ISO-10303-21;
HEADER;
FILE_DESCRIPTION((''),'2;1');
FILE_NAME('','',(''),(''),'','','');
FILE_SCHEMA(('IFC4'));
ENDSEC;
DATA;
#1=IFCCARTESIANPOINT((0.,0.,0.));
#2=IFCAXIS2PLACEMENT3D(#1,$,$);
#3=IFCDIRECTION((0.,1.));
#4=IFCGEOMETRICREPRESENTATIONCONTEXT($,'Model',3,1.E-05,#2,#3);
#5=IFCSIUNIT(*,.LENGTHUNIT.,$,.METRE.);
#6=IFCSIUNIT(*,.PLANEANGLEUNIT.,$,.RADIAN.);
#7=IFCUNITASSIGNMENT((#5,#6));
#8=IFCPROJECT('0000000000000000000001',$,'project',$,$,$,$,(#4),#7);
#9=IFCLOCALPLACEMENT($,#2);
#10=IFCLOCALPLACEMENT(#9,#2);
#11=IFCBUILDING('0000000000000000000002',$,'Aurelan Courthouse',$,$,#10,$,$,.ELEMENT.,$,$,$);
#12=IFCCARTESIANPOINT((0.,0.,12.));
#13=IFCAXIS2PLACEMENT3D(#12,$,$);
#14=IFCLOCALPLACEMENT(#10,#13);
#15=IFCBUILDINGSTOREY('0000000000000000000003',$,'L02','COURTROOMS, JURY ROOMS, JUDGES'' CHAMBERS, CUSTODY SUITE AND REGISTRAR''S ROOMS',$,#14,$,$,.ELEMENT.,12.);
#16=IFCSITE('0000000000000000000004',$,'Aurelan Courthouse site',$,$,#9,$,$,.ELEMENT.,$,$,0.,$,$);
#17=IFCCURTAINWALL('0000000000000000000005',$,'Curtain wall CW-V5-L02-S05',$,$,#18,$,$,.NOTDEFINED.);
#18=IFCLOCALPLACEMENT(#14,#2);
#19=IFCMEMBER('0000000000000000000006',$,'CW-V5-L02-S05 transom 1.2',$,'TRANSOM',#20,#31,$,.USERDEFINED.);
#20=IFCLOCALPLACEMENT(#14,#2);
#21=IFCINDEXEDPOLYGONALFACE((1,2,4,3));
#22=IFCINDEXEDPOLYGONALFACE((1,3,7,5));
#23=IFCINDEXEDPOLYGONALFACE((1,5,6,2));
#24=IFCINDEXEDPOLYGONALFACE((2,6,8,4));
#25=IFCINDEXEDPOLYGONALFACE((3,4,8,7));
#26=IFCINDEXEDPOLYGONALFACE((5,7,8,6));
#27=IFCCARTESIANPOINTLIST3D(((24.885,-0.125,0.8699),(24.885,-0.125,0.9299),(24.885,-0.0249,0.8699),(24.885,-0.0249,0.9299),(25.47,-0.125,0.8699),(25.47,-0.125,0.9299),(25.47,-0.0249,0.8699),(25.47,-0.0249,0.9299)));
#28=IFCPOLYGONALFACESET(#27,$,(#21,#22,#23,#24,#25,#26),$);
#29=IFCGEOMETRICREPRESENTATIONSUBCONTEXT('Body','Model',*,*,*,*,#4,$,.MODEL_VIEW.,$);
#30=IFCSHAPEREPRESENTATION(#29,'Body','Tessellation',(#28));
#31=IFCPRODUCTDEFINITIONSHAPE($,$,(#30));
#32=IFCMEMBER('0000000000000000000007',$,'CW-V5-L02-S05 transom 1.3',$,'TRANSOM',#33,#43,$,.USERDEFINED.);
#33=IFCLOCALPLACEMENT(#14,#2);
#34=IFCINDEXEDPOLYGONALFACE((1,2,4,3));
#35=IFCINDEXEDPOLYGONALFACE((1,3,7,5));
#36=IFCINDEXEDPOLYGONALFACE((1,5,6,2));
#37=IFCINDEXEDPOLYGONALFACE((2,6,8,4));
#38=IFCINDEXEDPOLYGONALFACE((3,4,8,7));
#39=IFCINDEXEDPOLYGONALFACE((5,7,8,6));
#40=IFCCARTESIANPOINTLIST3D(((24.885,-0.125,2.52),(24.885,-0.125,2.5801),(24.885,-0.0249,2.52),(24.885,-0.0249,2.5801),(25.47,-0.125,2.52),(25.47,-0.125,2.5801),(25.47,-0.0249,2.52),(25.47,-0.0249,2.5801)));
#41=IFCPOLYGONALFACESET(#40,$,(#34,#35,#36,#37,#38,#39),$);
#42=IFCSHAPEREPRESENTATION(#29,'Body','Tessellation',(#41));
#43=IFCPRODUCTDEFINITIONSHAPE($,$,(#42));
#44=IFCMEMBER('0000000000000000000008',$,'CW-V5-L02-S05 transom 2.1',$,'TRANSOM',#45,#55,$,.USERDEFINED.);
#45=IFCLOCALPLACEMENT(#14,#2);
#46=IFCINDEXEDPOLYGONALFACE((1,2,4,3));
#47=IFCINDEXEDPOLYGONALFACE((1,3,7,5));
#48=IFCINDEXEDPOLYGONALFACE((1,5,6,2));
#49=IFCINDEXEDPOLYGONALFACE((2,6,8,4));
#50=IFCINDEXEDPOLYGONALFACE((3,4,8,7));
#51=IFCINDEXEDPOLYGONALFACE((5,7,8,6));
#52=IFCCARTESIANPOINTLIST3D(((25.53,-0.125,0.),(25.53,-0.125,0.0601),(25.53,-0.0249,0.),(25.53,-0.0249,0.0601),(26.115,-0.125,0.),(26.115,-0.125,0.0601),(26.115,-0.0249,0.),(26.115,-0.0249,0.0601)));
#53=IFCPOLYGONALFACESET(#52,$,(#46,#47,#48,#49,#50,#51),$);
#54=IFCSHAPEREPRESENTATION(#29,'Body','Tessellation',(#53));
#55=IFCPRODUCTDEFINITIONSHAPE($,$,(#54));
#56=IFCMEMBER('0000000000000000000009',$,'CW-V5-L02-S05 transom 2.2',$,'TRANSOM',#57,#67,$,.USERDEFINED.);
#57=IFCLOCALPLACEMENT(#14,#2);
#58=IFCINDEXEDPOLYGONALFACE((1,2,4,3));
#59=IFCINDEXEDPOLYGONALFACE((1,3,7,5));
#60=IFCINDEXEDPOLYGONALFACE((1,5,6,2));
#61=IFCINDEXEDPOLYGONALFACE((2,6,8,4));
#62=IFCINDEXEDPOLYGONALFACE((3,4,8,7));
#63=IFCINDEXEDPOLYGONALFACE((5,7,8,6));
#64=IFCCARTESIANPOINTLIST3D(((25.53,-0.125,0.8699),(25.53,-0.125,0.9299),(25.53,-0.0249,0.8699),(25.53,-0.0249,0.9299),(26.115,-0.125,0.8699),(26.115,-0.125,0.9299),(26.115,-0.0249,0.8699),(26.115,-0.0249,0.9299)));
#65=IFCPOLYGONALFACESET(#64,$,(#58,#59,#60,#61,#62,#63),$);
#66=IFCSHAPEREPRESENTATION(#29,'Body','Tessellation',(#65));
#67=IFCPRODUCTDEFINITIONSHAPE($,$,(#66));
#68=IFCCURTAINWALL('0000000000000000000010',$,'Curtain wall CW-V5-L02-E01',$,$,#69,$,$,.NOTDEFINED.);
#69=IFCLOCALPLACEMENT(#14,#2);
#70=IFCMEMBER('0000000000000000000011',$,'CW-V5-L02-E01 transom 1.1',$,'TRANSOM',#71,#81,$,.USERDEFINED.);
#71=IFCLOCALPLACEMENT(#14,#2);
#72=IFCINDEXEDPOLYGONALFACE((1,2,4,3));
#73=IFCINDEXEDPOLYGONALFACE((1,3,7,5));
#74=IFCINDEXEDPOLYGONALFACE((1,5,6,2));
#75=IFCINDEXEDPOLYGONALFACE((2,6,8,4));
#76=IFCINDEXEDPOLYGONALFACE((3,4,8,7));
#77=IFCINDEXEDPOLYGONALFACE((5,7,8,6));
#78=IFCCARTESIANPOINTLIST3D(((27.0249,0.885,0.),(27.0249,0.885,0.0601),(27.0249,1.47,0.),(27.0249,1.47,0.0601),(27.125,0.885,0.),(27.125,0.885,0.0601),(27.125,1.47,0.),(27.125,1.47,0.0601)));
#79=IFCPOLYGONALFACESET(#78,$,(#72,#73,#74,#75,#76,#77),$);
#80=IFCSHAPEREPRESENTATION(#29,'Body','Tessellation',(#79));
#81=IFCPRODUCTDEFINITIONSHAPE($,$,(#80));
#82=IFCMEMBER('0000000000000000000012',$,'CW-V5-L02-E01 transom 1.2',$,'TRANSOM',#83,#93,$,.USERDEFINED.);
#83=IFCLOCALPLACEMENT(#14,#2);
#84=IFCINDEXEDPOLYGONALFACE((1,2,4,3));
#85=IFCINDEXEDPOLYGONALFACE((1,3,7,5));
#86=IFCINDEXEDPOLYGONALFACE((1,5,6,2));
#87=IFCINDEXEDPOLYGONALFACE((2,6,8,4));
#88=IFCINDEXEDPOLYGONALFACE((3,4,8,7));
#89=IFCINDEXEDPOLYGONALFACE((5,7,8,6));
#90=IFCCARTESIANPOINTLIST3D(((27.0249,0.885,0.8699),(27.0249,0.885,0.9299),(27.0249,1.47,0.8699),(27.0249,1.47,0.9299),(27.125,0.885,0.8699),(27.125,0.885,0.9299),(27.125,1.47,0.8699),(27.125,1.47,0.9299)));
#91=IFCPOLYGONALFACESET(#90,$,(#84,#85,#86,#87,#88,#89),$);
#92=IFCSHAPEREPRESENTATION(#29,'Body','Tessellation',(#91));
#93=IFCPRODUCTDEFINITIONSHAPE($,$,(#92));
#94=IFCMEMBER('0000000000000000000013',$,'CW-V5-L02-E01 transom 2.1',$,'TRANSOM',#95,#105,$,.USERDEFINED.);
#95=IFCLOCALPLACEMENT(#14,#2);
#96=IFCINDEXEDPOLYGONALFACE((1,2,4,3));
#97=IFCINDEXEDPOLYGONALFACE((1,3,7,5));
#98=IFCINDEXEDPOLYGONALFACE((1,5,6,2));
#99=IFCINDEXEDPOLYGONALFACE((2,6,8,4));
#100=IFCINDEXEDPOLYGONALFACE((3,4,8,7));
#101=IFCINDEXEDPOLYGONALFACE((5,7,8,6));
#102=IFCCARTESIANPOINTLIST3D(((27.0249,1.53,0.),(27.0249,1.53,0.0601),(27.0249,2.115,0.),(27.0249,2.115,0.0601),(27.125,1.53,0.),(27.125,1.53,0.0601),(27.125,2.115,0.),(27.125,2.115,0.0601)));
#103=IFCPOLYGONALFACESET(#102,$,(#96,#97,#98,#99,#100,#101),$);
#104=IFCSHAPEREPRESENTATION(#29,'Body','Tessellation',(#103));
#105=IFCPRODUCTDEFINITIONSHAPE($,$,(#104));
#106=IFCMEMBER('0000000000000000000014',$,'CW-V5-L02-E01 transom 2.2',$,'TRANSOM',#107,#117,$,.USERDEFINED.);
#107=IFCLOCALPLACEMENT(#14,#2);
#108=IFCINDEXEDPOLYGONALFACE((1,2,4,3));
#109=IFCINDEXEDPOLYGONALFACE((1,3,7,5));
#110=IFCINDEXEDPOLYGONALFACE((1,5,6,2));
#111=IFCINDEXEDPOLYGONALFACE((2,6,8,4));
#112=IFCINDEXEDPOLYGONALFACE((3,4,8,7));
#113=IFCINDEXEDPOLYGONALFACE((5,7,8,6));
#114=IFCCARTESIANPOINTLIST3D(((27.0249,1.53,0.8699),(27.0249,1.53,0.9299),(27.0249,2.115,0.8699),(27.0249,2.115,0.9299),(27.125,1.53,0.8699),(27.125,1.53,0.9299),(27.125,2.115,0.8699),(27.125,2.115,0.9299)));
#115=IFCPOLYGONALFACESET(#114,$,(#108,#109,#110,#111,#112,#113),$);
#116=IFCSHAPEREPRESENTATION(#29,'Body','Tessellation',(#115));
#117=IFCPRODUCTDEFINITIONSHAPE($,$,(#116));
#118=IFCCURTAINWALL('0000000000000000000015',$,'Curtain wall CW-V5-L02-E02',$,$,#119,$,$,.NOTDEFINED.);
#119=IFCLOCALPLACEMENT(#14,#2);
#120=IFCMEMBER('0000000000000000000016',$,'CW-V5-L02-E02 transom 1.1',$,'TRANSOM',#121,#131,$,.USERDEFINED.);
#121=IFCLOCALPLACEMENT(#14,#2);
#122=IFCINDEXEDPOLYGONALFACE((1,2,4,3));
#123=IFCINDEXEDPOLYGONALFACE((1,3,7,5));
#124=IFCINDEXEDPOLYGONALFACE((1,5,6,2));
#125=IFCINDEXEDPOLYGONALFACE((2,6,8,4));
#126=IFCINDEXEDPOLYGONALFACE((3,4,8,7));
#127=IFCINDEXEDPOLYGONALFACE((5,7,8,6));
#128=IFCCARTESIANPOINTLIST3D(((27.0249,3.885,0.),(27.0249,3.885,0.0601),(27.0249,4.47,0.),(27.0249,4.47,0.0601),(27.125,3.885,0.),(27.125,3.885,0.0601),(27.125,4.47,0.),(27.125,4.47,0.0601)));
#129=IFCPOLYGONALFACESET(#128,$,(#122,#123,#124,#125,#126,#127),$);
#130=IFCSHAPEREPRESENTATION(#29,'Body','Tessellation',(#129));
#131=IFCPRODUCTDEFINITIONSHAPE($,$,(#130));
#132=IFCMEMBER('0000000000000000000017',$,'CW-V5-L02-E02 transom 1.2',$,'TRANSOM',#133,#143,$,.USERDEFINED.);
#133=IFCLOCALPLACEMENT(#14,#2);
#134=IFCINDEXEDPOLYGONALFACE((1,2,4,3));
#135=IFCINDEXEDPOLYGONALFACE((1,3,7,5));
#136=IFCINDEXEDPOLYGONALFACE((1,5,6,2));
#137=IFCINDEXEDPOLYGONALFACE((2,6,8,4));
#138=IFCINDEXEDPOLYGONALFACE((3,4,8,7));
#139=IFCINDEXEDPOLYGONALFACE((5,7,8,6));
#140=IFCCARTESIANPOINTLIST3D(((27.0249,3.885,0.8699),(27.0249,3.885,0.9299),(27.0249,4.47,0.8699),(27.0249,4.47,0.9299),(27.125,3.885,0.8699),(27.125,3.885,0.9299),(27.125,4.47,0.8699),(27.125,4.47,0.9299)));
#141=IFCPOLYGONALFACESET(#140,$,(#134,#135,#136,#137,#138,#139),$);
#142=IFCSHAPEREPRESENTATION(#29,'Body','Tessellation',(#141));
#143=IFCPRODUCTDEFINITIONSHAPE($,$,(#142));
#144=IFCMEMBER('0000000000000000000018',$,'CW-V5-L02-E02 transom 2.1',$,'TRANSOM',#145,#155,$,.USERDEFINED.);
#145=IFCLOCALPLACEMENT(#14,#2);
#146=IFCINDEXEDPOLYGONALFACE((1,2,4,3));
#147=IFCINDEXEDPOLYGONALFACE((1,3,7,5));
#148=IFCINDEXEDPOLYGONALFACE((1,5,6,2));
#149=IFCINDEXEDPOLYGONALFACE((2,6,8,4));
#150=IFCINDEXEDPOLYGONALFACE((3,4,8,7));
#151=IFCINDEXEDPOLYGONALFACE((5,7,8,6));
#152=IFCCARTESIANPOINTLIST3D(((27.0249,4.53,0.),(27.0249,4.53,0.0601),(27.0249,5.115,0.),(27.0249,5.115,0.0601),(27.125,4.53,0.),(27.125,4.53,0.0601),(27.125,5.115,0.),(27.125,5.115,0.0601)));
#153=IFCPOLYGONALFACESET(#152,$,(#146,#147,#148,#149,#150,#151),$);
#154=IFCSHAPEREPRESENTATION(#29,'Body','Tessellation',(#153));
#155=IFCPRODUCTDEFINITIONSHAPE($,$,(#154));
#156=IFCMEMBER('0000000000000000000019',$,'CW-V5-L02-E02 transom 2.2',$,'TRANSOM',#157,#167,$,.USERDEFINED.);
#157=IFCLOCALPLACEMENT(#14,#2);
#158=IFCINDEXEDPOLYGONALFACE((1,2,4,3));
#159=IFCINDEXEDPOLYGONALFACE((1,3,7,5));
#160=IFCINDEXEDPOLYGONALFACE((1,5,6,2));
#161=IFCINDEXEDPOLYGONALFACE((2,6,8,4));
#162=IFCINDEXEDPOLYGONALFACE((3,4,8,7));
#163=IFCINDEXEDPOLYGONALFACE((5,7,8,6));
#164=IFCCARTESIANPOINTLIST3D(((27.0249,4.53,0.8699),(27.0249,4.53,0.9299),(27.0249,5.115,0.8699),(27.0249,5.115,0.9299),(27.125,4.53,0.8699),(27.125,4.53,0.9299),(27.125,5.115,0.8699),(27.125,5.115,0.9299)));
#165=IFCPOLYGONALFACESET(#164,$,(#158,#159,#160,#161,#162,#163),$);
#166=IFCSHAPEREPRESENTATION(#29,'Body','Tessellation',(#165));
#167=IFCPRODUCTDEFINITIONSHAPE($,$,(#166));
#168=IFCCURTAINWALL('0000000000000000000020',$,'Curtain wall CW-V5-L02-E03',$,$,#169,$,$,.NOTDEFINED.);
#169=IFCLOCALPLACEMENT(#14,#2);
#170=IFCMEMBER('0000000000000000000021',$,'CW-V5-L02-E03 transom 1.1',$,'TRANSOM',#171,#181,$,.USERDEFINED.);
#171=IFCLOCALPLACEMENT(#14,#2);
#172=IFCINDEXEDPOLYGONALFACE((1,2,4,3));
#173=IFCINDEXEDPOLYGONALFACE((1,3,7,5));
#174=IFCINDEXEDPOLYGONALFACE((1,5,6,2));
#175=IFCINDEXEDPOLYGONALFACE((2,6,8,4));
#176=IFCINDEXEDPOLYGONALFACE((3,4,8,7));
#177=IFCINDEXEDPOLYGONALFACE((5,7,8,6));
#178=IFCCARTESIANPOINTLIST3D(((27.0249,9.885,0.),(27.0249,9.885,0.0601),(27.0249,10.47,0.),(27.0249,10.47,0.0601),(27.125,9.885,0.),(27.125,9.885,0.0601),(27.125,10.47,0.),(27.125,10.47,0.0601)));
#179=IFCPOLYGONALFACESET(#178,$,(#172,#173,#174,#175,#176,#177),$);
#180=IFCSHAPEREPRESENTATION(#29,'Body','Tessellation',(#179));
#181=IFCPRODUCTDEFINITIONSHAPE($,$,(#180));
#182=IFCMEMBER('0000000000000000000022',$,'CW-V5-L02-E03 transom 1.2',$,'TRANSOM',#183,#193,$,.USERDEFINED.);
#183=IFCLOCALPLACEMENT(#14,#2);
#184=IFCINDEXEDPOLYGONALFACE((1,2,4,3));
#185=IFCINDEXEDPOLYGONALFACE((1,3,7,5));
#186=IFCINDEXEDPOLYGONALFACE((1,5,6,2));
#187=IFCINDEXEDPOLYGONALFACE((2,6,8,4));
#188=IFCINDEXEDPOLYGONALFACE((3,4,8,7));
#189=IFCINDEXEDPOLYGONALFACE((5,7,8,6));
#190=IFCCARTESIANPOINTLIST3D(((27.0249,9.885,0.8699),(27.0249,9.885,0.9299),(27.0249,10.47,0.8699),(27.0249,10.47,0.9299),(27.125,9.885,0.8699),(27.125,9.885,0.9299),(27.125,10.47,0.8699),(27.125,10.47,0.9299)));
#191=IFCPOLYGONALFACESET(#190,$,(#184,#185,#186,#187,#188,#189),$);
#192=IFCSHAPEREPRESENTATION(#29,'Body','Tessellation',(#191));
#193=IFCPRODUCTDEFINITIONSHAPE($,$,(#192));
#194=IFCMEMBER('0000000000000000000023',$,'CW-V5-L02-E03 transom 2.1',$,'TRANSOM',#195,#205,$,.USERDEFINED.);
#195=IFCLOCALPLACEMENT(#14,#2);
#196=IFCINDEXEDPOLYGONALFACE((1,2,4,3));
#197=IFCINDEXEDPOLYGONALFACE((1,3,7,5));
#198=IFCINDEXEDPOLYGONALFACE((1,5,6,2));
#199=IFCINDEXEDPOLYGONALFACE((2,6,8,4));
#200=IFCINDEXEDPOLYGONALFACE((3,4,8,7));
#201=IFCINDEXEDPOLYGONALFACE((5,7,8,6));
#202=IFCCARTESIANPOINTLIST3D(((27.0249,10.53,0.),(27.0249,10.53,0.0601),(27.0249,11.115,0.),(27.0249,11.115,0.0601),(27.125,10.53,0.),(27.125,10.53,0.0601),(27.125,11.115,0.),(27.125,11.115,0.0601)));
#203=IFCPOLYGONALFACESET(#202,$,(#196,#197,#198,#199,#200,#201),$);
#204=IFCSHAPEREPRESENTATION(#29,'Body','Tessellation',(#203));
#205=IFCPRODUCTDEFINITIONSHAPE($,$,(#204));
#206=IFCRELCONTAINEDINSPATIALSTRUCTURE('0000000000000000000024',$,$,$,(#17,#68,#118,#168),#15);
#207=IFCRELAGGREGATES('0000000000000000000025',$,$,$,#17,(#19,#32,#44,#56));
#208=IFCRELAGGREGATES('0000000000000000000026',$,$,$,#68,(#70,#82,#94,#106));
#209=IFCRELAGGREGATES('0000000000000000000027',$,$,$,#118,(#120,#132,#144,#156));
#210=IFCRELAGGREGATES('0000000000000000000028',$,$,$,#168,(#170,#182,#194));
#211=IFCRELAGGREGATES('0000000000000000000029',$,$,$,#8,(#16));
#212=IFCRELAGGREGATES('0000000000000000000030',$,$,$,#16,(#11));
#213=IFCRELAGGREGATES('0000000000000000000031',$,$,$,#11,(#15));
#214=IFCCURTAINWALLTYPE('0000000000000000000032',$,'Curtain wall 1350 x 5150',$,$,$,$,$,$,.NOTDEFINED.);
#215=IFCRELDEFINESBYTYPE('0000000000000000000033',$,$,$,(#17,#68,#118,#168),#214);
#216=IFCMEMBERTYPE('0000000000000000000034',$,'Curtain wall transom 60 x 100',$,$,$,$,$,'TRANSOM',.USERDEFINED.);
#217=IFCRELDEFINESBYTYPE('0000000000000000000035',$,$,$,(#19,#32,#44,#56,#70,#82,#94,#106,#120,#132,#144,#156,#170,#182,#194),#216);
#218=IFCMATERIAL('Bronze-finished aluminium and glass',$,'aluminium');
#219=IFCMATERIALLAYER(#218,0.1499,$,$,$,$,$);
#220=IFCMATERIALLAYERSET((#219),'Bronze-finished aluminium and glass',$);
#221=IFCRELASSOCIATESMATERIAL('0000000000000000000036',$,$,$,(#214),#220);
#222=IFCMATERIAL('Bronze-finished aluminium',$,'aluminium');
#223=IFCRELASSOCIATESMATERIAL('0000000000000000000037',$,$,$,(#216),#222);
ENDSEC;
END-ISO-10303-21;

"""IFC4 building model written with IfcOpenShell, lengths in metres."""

from ifc_helpers import new_model, si_unit, direction, frame, origin, origin_2d, place, context, subcontext, project, spatial, rectangle, extrude, material, layer, layer_set, material_profile, profile_set, type_object, element, aggregate, save


model = new_model("IFC4")

# Units and contexts
model_context = context("Model", 3, precision=1e-05, world=origin(), true_north=direction((0.0, 1.0)))
body_context = subcontext(model_context, "Body", "Model", "MODEL_VIEW")
ifc_project = project(units=[si_unit("LENGTHUNIT", "METRE"), si_unit("PLANEANGLEUNIT", "RADIAN")], contexts=[model_context])

# Site, building, storey
site_placement = place(None, origin())
site = spatial("IfcSite", under=ifc_project, at=site_placement, Name="Aurelan Courthouse site", CompositionType="ELEMENT", RefElevation=0.0)
building_placement = place(site_placement, origin())
building = spatial("IfcBuilding", under=site, at=building_placement, Name="Aurelan Courthouse", CompositionType="ELEMENT")
storey_placement = place(building_placement, frame((0.0, 0.0, 12.0)))
storey = spatial("IfcBuildingStorey", under=building, at=storey_placement, Name="L02", Description="COURTROOMS, JURY ROOMS, JUDGES' CHAMBERS, CUSTODY SUITE AND REGISTRAR'S ROOMS", CompositionType="ELEMENT", Elevation=12.0)

# Curtain walls, members
ifc_material_1 = material(Name="Bronze-finished aluminium and glass", Category="aluminium")
ifc_layer_1 = layer(ifc_material_1, 0.1499)
ifc_layer_set_1 = layer_set([ifc_layer_1], Name="Bronze-finished aluminium and glass")
curtain_wall_type_1 = type_object("IfcCurtainWallType", Name="Curtain wall 1350 x 5150", PredefinedType="NOTDEFINED", material=ifc_layer_set_1)
curtain_wall_1_placement = place(storey_placement, origin())
curtain_wall_1 = element("IfcCurtainWall", 1, at=curtain_wall_1_placement, inside=storey, type_object=curtain_wall_type_1, Name="Curtain wall CW-V5-L02-S05", PredefinedType="NOTDEFINED")
ifc_material_2 = material(Name="Bronze-finished aluminium", Category="aluminium")
ifc_material_profile_1 = material_profile(ifc_material_2, rectangle(XDim=0.1001, YDim=0.0601, at=origin_2d()), Name="Bronze transom 60 x 100")
ifc_profile_set_1 = profile_set([ifc_material_profile_1], Name="Bronze-finished aluminium")
member_type_1 = type_object("IfcMemberType", Name="Curtain wall transom 60 x 100", ElementType="TRANSOM", PredefinedType="USERDEFINED", material=ifc_profile_set_1)
member_1_placement = place(storey_placement, frame((24.885, -0.075, 0.8999), z_axis=(1.0, 0.0, 0.0), x_axis=(0.0, 1.0, 0.0)))
member_1 = element("IfcMember", 2, at=member_1_placement, type_object=member_type_1, Name="CW-V5-L02-S05 transom 1.2", ObjectType="TRANSOM", PredefinedType="USERDEFINED", context=body_context, shape_type="SweptSolid", body=[
    extrude(rectangle(XDim=0.1001, YDim=0.0601, at=origin_2d()), origin(), (0.0, 0.0, 1.0), 0.585),
])
member_2_placement = place(storey_placement, frame((24.885, -0.075, 2.55), z_axis=(1.0, 0.0, 0.0), x_axis=(0.0, 1.0, 0.0)))
member_2 = element("IfcMember", 3, at=member_2_placement, type_object=member_type_1, Name="CW-V5-L02-S05 transom 1.3", ObjectType="TRANSOM", PredefinedType="USERDEFINED", context=body_context, shape_type="SweptSolid", body=[
    extrude(rectangle(XDim=0.1001, YDim=0.0601, at=origin_2d()), origin(), (0.0, 0.0, 1.0), 0.585),
])
member_3_placement = place(storey_placement, frame((25.53, -0.075, 0.03), z_axis=(1.0, 0.0, 0.0), x_axis=(0.0, 1.0, 0.0)))
member_3 = element("IfcMember", 4, at=member_3_placement, type_object=member_type_1, Name="CW-V5-L02-S05 transom 2.1", ObjectType="TRANSOM", PredefinedType="USERDEFINED", context=body_context, shape_type="SweptSolid", body=[
    extrude(rectangle(XDim=0.1001, YDim=0.0601, at=origin_2d()), origin(), (0.0, 0.0, 1.0), 0.585),
])
member_4_placement = place(storey_placement, frame((25.53, -0.075, 0.8999), z_axis=(1.0, 0.0, 0.0), x_axis=(0.0, 1.0, 0.0)))
member_4 = element("IfcMember", 5, at=member_4_placement, type_object=member_type_1, Name="CW-V5-L02-S05 transom 2.2", ObjectType="TRANSOM", PredefinedType="USERDEFINED", context=body_context, shape_type="SweptSolid", body=[
    extrude(rectangle(XDim=0.1001, YDim=0.0601, at=origin_2d()), origin(), (0.0, 0.0, 1.0), 0.585),
])
curtain_wall_2_placement = place(storey_placement, origin())
curtain_wall_2 = element("IfcCurtainWall", 6, at=curtain_wall_2_placement, inside=storey, type_object=curtain_wall_type_1, Name="Curtain wall CW-V5-L02-E01", PredefinedType="NOTDEFINED")
member_5_placement = place(storey_placement, frame((27.075, 0.885, 0.03), z_axis=(0.0, 1.0, 0.0), x_axis=(-1.0, 0.0, 0.0)))
member_5 = element("IfcMember", 7, at=member_5_placement, type_object=member_type_1, Name="CW-V5-L02-E01 transom 1.1", ObjectType="TRANSOM", PredefinedType="USERDEFINED", context=body_context, shape_type="SweptSolid", body=[
    extrude(rectangle(XDim=0.1001, YDim=0.0601, at=origin_2d()), origin(), (0.0, 0.0, 1.0), 0.585),
])
member_6_placement = place(storey_placement, frame((27.075, 0.885, 0.8999), z_axis=(0.0, 1.0, 0.0), x_axis=(-1.0, 0.0, 0.0)))
member_6 = element("IfcMember", 8, at=member_6_placement, type_object=member_type_1, Name="CW-V5-L02-E01 transom 1.2", ObjectType="TRANSOM", PredefinedType="USERDEFINED", context=body_context, shape_type="SweptSolid", body=[
    extrude(rectangle(XDim=0.1001, YDim=0.0601, at=origin_2d()), origin(), (0.0, 0.0, 1.0), 0.585),
])
member_7_placement = place(storey_placement, frame((27.075, 1.53, 0.03), z_axis=(0.0, 1.0, 0.0), x_axis=(-1.0, 0.0, 0.0)))
member_7 = element("IfcMember", 9, at=member_7_placement, type_object=member_type_1, Name="CW-V5-L02-E01 transom 2.1", ObjectType="TRANSOM", PredefinedType="USERDEFINED", context=body_context, shape_type="SweptSolid", body=[
    extrude(rectangle(XDim=0.1001, YDim=0.0601, at=origin_2d()), origin(), (0.0, 0.0, 1.0), 0.585),
])
member_8_placement = place(storey_placement, frame((27.075, 1.53, 0.8999), z_axis=(0.0, 1.0, 0.0), x_axis=(-1.0, 0.0, 0.0)))
member_8 = element("IfcMember", 10, at=member_8_placement, type_object=member_type_1, Name="CW-V5-L02-E01 transom 2.2", ObjectType="TRANSOM", PredefinedType="USERDEFINED", context=body_context, shape_type="SweptSolid", body=[
    extrude(rectangle(XDim=0.1001, YDim=0.0601, at=origin_2d()), origin(), (0.0, 0.0, 1.0), 0.585),
])
curtain_wall_3_placement = place(storey_placement, origin())
curtain_wall_3 = element("IfcCurtainWall", 11, at=curtain_wall_3_placement, inside=storey, type_object=curtain_wall_type_1, Name="Curtain wall CW-V5-L02-E02", PredefinedType="NOTDEFINED")
member_9_placement = place(storey_placement, frame((27.075, 3.885, 0.03), z_axis=(0.0, 1.0, 0.0), x_axis=(-1.0, 0.0, 0.0)))
member_9 = element("IfcMember", 12, at=member_9_placement, type_object=member_type_1, Name="CW-V5-L02-E02 transom 1.1", ObjectType="TRANSOM", PredefinedType="USERDEFINED", context=body_context, shape_type="SweptSolid", body=[
    extrude(rectangle(XDim=0.1001, YDim=0.0601, at=origin_2d()), origin(), (0.0, 0.0, 1.0), 0.585),
])
member_10_placement = place(storey_placement, frame((27.075, 3.885, 0.8999), z_axis=(0.0, 1.0, 0.0), x_axis=(-1.0, 0.0, 0.0)))
member_10 = element("IfcMember", 13, at=member_10_placement, type_object=member_type_1, Name="CW-V5-L02-E02 transom 1.2", ObjectType="TRANSOM", PredefinedType="USERDEFINED", context=body_context, shape_type="SweptSolid", body=[
    extrude(rectangle(XDim=0.1001, YDim=0.0601, at=origin_2d()), origin(), (0.0, 0.0, 1.0), 0.585),
])
member_11_placement = place(storey_placement, frame((27.075, 4.53, 0.03), z_axis=(0.0, 1.0, 0.0), x_axis=(-1.0, 0.0, 0.0)))
member_11 = element("IfcMember", 14, at=member_11_placement, type_object=member_type_1, Name="CW-V5-L02-E02 transom 2.1", ObjectType="TRANSOM", PredefinedType="USERDEFINED", context=body_context, shape_type="SweptSolid", body=[
    extrude(rectangle(XDim=0.1001, YDim=0.0601, at=origin_2d()), origin(), (0.0, 0.0, 1.0), 0.585),
])
member_12_placement = place(storey_placement, frame((27.075, 4.53, 0.8999), z_axis=(0.0, 1.0, 0.0), x_axis=(-1.0, 0.0, 0.0)))
member_12 = element("IfcMember", 15, at=member_12_placement, type_object=member_type_1, Name="CW-V5-L02-E02 transom 2.2", ObjectType="TRANSOM", PredefinedType="USERDEFINED", context=body_context, shape_type="SweptSolid", body=[
    extrude(rectangle(XDim=0.1001, YDim=0.0601, at=origin_2d()), origin(), (0.0, 0.0, 1.0), 0.585),
])
curtain_wall_4_placement = place(storey_placement, origin())
curtain_wall_4 = element("IfcCurtainWall", 16, at=curtain_wall_4_placement, inside=storey, type_object=curtain_wall_type_1, Name="Curtain wall CW-V5-L02-E03", PredefinedType="NOTDEFINED")
member_13_placement = place(storey_placement, frame((27.075, 9.885, 0.03), z_axis=(0.0, 1.0, 0.0), x_axis=(-1.0, 0.0, 0.0)))
member_13 = element("IfcMember", 17, at=member_13_placement, type_object=member_type_1, Name="CW-V5-L02-E03 transom 1.1", ObjectType="TRANSOM", PredefinedType="USERDEFINED", context=body_context, shape_type="SweptSolid", body=[
    extrude(rectangle(XDim=0.1001, YDim=0.0601, at=origin_2d()), origin(), (0.0, 0.0, 1.0), 0.585),
])
member_14_placement = place(storey_placement, frame((27.075, 9.885, 0.8999), z_axis=(0.0, 1.0, 0.0), x_axis=(-1.0, 0.0, 0.0)))
member_14 = element("IfcMember", 18, at=member_14_placement, type_object=member_type_1, Name="CW-V5-L02-E03 transom 1.2", ObjectType="TRANSOM", PredefinedType="USERDEFINED", context=body_context, shape_type="SweptSolid", body=[
    extrude(rectangle(XDim=0.1001, YDim=0.0601, at=origin_2d()), origin(), (0.0, 0.0, 1.0), 0.585),
])
member_15_placement = place(storey_placement, frame((27.075, 10.53, 0.03), z_axis=(0.0, 1.0, 0.0), x_axis=(-1.0, 0.0, 0.0)))
member_15 = element("IfcMember", 19, at=member_15_placement, type_object=member_type_1, Name="CW-V5-L02-E03 transom 2.1", ObjectType="TRANSOM", PredefinedType="USERDEFINED", context=body_context, shape_type="SweptSolid", body=[
    extrude(rectangle(XDim=0.1001, YDim=0.0601, at=origin_2d()), origin(), (0.0, 0.0, 1.0), 0.585),
])

aggregate(curtain_wall_1, [member_1, member_2, member_3, member_4])
aggregate(curtain_wall_2, [member_5, member_6, member_7, member_8])
aggregate(curtain_wall_3, [member_9, member_10, member_11, member_12])
aggregate(curtain_wall_4, [member_13, member_14, member_15])

save(model, "model.ifc")
